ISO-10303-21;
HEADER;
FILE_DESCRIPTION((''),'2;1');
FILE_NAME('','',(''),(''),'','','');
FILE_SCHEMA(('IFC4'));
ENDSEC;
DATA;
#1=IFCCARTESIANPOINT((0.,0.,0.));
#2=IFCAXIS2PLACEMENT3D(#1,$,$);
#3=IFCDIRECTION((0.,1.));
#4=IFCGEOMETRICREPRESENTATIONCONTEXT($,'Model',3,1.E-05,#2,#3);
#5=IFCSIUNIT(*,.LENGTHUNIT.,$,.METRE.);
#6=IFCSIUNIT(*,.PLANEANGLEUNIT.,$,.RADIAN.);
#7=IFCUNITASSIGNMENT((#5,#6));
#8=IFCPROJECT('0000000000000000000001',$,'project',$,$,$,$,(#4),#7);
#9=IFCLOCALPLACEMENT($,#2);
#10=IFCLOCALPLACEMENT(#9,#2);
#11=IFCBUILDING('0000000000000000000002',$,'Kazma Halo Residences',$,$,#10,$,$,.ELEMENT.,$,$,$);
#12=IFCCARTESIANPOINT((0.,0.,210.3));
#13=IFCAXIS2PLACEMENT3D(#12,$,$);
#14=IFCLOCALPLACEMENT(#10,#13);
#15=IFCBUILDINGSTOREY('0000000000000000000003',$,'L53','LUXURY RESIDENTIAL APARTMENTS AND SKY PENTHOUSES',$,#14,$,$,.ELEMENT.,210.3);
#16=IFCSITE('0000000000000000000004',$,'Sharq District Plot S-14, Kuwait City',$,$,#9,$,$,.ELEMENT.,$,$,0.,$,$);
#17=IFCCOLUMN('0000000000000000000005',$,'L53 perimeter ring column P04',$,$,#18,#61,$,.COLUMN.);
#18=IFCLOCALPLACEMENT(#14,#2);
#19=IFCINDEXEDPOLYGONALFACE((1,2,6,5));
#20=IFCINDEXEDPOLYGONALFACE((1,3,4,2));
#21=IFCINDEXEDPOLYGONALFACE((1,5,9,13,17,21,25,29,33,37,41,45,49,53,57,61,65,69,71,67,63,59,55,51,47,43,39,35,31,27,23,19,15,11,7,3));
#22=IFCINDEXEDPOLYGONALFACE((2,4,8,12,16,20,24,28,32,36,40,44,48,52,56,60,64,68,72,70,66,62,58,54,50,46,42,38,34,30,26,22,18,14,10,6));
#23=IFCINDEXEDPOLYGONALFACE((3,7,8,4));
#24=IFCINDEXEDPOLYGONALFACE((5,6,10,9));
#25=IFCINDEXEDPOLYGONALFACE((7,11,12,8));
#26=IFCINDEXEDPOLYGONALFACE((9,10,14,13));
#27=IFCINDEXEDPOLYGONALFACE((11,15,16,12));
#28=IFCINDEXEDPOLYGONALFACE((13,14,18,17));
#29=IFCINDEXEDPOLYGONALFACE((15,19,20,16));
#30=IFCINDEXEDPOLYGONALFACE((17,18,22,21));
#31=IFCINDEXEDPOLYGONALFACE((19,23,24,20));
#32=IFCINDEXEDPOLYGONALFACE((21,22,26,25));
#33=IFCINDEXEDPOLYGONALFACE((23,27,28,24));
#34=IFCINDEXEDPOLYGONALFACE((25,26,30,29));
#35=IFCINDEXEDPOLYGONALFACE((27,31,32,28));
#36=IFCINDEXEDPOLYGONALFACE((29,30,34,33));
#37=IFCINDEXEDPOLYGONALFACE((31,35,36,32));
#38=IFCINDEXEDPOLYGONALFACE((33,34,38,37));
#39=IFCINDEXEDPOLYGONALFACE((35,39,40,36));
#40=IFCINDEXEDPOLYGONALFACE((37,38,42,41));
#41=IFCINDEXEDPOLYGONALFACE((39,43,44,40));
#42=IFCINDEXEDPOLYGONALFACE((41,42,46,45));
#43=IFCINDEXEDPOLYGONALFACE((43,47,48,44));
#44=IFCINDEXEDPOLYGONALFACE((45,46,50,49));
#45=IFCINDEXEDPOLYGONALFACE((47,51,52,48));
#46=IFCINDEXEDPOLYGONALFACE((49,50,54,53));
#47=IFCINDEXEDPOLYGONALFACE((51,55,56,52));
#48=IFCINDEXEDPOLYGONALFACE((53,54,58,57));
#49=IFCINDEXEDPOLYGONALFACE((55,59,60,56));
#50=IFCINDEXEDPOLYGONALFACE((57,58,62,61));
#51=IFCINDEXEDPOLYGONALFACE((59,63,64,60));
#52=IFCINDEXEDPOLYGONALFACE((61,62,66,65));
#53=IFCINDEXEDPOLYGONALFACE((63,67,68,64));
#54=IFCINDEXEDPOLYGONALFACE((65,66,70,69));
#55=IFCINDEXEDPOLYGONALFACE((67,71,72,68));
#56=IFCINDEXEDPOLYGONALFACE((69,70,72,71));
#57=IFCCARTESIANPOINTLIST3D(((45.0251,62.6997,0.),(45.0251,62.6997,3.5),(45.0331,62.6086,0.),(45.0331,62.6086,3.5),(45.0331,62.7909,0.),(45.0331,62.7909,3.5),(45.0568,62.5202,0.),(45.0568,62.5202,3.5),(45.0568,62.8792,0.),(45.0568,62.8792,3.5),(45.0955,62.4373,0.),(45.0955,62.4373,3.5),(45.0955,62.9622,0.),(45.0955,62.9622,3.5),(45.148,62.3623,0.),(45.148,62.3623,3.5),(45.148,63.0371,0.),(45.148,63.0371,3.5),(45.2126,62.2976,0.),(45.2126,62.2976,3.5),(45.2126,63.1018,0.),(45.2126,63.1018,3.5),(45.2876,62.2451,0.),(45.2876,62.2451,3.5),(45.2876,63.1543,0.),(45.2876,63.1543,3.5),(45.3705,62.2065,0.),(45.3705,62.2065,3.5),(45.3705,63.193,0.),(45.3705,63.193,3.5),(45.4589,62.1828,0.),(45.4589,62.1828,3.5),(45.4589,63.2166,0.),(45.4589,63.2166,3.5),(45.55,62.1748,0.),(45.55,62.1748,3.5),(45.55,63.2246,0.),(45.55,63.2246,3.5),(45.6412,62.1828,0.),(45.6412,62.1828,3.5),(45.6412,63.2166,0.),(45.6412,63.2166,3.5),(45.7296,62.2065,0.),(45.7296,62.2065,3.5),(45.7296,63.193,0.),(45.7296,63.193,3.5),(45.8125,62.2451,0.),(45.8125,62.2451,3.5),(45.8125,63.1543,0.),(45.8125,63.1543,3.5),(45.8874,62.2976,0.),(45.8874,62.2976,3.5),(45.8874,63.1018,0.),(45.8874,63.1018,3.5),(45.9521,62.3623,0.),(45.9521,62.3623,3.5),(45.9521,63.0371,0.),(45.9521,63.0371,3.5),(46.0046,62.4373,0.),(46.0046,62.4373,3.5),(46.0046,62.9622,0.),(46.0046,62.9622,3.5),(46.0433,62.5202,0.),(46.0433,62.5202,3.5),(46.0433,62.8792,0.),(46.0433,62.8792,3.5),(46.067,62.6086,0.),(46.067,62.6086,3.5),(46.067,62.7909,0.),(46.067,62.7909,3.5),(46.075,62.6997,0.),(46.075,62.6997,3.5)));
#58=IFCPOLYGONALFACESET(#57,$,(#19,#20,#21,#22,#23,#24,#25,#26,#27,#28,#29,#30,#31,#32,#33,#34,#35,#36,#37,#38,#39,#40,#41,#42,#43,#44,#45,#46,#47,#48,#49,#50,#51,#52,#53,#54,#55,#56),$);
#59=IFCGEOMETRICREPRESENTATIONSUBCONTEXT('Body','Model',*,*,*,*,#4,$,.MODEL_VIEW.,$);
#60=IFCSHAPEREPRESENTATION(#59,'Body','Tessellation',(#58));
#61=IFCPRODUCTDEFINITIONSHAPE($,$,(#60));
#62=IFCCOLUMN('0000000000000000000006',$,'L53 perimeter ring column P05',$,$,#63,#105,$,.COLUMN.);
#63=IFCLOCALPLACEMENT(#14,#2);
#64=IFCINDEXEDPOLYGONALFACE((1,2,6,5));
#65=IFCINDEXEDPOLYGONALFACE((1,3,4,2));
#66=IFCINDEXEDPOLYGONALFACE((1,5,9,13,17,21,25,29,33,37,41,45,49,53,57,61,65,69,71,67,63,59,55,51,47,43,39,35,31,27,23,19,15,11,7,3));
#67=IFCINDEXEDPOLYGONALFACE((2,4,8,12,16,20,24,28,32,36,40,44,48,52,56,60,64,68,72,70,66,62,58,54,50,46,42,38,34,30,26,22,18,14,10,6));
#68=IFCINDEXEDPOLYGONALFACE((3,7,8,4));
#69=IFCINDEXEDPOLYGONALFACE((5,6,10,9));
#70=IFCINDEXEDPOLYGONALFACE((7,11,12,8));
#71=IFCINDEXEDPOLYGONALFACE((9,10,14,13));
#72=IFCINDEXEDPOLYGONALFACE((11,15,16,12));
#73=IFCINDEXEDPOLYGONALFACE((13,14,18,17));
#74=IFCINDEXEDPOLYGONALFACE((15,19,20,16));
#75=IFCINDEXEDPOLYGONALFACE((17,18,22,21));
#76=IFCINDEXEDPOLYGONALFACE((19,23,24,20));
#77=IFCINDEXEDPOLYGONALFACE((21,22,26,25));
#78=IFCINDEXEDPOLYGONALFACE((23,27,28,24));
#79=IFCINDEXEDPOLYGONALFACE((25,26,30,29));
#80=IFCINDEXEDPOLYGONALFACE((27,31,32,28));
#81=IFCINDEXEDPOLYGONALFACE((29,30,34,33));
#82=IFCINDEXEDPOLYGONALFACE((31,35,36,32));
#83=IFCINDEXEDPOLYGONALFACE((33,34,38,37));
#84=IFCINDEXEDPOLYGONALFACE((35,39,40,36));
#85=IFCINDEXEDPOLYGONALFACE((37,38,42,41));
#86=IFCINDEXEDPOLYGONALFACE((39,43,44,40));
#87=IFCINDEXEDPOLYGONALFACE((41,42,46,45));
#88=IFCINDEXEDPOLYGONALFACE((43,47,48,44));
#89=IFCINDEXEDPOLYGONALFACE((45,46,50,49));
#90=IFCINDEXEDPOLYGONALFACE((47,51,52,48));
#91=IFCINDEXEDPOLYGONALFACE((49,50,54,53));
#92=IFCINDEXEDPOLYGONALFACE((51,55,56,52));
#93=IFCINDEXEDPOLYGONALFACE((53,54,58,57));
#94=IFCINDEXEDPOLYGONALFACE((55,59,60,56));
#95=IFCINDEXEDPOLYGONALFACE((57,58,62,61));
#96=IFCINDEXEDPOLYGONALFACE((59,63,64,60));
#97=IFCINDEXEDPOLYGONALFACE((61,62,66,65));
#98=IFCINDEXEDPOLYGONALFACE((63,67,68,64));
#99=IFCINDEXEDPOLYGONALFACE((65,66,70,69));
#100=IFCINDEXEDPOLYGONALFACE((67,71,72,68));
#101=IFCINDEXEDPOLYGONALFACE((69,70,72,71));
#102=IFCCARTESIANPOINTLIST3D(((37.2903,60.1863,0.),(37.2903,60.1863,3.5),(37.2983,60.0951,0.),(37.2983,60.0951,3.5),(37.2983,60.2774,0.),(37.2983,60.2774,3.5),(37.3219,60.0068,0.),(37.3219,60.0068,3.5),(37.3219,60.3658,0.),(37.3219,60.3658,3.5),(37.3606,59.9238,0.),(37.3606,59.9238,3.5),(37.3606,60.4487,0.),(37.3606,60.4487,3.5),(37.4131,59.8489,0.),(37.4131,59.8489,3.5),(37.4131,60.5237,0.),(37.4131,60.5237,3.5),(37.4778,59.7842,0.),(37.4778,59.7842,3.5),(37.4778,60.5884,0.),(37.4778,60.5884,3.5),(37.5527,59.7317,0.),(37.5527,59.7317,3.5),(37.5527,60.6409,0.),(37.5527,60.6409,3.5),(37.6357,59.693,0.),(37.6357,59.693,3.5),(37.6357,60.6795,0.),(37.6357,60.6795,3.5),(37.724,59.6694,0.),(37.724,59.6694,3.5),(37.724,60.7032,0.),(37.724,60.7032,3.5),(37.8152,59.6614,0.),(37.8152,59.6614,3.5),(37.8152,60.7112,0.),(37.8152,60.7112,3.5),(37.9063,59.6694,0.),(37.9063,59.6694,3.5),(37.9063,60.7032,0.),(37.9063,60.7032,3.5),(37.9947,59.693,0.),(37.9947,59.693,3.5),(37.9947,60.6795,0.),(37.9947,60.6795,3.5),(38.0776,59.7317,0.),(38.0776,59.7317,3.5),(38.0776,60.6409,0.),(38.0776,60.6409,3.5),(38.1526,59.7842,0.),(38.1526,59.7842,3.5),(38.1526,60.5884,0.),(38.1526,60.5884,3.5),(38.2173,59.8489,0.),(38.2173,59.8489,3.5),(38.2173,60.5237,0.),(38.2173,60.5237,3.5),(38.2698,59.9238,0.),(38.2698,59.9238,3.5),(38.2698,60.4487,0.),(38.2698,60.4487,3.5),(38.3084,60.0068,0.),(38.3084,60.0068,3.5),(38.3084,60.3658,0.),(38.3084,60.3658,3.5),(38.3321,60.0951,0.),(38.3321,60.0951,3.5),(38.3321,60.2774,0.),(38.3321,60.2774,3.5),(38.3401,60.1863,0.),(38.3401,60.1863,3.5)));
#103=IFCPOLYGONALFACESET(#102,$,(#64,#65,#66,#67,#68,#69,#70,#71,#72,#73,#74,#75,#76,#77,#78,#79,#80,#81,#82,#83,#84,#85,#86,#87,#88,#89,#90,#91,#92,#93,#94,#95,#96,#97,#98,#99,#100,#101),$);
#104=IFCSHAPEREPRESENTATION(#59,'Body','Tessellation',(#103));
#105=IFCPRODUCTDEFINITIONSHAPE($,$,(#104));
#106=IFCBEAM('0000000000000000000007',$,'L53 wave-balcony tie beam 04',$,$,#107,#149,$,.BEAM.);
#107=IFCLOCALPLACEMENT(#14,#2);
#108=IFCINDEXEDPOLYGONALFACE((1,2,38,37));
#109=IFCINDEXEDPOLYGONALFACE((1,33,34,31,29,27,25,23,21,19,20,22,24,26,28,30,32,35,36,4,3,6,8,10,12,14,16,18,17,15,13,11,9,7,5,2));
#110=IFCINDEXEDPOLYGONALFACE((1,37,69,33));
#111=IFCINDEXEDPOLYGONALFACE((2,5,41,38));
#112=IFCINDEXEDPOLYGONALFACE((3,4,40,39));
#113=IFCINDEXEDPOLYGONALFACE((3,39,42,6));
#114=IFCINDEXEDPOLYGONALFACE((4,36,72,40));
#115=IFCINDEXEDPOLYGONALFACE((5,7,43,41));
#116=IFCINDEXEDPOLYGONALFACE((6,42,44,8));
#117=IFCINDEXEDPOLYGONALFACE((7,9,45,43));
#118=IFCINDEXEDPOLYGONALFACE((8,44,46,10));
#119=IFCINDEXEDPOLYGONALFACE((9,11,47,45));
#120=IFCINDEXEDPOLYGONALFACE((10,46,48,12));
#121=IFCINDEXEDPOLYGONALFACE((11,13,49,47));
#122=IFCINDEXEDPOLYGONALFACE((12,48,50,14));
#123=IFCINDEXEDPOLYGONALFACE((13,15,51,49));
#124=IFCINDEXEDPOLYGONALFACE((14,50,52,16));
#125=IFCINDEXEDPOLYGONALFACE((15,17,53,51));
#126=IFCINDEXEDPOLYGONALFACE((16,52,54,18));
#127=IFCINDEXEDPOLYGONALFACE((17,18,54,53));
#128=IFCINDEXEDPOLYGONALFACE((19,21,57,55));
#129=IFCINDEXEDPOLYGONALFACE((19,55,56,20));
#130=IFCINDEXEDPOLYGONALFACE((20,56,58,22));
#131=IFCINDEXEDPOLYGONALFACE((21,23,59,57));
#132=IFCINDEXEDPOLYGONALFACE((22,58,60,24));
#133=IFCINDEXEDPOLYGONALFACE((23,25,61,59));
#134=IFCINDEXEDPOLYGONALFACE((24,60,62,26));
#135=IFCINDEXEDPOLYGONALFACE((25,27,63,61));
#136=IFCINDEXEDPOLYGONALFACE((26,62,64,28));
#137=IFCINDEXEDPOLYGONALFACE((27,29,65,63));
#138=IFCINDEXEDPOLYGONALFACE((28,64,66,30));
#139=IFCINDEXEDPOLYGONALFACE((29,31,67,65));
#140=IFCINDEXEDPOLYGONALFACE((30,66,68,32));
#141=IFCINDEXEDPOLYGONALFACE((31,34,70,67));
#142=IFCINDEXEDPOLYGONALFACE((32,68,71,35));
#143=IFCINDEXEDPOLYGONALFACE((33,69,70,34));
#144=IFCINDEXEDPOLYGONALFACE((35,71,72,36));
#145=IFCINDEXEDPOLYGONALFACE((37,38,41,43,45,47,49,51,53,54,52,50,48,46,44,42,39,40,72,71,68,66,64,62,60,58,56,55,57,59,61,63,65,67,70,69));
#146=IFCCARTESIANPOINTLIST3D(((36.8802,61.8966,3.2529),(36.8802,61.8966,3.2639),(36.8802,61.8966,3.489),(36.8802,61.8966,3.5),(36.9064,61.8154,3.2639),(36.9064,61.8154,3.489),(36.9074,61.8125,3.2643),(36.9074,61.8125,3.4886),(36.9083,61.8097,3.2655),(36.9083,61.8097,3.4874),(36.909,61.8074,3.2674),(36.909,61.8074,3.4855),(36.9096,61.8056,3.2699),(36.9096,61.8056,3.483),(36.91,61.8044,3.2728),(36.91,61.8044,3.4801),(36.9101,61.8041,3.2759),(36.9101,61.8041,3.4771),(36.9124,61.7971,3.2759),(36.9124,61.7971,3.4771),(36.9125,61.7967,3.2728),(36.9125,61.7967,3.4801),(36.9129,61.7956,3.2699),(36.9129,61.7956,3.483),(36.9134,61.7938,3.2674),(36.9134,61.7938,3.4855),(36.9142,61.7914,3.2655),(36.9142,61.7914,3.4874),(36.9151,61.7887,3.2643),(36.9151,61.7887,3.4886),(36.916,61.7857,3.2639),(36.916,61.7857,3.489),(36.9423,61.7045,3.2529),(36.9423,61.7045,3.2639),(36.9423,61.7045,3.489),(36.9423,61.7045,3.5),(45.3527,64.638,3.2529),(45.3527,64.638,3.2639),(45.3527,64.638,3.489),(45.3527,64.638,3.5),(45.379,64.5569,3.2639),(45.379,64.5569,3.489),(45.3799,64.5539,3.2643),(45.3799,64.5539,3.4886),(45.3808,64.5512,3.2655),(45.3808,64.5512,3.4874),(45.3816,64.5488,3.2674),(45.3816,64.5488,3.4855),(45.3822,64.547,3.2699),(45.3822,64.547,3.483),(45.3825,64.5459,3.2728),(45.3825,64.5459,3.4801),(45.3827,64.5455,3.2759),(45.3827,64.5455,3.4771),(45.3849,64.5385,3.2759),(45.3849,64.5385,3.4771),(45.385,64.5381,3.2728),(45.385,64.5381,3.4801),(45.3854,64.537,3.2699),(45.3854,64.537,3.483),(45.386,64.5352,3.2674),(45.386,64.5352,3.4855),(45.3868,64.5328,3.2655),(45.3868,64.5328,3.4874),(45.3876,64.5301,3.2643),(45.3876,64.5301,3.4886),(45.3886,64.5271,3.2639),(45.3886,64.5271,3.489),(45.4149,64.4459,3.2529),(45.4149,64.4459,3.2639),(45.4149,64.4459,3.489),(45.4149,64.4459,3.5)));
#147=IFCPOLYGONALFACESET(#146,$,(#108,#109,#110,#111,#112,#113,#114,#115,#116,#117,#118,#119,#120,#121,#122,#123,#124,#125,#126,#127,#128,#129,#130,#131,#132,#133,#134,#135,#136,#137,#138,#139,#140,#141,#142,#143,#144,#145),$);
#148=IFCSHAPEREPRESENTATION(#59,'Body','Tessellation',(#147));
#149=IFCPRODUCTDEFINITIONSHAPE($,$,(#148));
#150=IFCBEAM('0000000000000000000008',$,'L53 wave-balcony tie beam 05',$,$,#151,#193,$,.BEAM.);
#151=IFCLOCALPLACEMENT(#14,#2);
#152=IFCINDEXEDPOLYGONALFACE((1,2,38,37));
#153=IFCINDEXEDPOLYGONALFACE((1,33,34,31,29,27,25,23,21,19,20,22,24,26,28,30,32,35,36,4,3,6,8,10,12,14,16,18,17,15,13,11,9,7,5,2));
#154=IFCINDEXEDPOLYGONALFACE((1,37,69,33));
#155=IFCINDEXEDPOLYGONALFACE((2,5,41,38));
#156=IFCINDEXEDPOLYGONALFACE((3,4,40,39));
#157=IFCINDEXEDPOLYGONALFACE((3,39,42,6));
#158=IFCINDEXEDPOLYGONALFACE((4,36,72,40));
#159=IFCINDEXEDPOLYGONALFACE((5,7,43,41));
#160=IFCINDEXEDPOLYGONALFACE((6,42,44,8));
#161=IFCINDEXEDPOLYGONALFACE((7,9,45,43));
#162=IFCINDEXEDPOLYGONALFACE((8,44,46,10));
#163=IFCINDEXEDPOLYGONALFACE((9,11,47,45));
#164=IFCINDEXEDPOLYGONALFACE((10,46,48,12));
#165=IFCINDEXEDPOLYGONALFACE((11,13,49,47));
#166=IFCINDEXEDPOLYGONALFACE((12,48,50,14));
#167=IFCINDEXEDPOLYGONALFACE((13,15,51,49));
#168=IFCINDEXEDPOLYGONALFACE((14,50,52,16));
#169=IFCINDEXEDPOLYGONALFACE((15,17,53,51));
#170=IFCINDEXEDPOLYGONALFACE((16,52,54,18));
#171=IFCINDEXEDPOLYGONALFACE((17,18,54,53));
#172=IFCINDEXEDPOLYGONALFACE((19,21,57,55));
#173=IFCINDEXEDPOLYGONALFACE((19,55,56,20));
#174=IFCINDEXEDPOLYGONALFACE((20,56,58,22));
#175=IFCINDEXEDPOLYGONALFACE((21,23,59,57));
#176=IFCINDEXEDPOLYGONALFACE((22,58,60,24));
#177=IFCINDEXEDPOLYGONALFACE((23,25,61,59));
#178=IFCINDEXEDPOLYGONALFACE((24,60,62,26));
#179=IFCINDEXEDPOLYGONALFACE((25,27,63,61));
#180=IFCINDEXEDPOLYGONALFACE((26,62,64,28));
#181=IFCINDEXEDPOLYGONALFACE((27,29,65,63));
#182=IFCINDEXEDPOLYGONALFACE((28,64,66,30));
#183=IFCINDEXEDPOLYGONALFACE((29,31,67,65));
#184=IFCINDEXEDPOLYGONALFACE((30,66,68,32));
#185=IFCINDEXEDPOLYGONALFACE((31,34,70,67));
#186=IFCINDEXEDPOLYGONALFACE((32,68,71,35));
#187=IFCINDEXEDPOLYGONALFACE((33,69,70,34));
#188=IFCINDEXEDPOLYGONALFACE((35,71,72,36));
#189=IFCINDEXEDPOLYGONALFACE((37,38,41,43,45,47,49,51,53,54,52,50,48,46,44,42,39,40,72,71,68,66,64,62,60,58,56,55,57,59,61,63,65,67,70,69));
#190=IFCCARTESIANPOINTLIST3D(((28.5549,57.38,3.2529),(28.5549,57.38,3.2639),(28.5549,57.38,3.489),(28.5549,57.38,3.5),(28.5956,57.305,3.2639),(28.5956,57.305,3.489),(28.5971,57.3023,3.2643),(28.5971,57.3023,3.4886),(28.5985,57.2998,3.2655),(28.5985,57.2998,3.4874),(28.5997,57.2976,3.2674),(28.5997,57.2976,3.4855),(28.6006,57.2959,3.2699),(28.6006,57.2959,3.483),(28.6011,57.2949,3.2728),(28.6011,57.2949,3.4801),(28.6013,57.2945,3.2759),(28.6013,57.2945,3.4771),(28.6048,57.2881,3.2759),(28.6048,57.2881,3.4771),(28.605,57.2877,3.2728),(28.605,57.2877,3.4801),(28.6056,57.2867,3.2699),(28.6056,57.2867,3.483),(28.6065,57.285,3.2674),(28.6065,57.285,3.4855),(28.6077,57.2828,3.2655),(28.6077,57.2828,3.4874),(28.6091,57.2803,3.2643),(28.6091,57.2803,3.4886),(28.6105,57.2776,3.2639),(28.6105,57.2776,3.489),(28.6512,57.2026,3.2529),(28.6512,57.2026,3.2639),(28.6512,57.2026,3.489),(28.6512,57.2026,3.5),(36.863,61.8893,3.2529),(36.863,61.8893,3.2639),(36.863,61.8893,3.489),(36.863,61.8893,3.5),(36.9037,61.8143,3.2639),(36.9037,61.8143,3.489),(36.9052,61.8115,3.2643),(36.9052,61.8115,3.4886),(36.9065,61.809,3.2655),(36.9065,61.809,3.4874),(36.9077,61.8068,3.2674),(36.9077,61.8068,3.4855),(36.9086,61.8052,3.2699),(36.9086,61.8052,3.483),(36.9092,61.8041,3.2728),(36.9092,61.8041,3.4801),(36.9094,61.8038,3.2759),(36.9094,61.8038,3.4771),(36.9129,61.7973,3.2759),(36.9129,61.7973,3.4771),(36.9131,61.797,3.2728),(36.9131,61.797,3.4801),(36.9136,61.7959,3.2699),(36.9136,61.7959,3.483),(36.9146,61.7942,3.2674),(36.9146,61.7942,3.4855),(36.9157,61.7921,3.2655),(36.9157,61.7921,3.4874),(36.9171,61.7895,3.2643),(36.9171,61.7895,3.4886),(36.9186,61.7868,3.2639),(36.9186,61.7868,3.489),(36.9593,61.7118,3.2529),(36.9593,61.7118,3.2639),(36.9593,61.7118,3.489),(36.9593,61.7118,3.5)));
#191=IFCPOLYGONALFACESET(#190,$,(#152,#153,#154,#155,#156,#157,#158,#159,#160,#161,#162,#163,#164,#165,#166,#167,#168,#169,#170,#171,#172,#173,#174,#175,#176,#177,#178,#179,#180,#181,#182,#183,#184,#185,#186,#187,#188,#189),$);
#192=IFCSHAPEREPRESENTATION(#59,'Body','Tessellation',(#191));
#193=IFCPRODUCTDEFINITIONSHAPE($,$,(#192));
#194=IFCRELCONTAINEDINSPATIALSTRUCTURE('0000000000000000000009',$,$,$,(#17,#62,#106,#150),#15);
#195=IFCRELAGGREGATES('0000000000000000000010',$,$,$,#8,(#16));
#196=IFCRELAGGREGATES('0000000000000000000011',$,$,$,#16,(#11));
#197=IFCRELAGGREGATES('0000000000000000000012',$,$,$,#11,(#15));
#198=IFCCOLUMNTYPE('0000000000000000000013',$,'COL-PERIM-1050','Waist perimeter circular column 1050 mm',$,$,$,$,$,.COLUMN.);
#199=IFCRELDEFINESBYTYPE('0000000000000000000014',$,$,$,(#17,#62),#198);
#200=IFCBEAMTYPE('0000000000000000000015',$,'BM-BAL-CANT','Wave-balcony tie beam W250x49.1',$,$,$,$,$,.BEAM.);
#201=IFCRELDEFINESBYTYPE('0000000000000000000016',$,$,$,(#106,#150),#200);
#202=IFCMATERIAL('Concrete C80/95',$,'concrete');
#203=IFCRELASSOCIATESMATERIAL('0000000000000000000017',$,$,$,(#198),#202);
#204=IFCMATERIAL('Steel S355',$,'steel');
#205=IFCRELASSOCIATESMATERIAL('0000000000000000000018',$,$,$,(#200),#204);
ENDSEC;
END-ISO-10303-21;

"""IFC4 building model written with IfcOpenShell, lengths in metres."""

from ifc_helpers import new_model, si_unit, direction, frame, origin, origin_2d, place, context, subcontext, project, spatial, circle, i_section, extrude, material, material_profile, profile_set, type_object, element, save


model = new_model("IFC4")

# Units and contexts
model_context = context("Model", 3, precision=1e-05, world=origin(), true_north=direction((0.0, 1.0)))
body_context = subcontext(model_context, "Body", "Model", "MODEL_VIEW")
ifc_project = project(units=[si_unit("LENGTHUNIT", "METRE"), si_unit("PLANEANGLEUNIT", "RADIAN")], contexts=[model_context])

# Site, building, storey
site_placement = place(None, origin())
site = spatial("IfcSite", under=ifc_project, at=site_placement, Name="Sharq District Plot S-14, Kuwait City", CompositionType="ELEMENT", RefElevation=0.0)
building_placement = place(site_placement, origin())
building = spatial("IfcBuilding", under=site, at=building_placement, Name="Kazma Halo Residences", CompositionType="ELEMENT")
storey_placement = place(building_placement, frame((0.0, 0.0, 210.3)))
storey = spatial("IfcBuildingStorey", under=building, at=storey_placement, Name="L53", Description="LUXURY RESIDENTIAL APARTMENTS AND SKY PENTHOUSES", CompositionType="ELEMENT", Elevation=210.3)

# Columns
ifc_material_1 = material(Name="Concrete C80/95", Category="concrete")
ifc_material_profile_1 = material_profile(ifc_material_1, circle(Radius=0.5249, at=origin_2d()), Name="CIRC1050")
ifc_profile_set_1 = profile_set([ifc_material_profile_1], Name="Concrete C80/95")
column_type = type_object("IfcColumnType", Name="COL-PERIM-1050", Description="Waist perimeter circular column 1050 mm", PredefinedType="COLUMN", material=ifc_profile_set_1)
for number, where, z_axis, x_axis, name in (
    (1, (45.55, 62.6997, 0.0), (0.0, 0.0, 1.0), (1.0, 0.0, 0.0), "L53 perimeter ring column P04"),
    (2, (37.8152, 60.1863, 0.0), (0.0, 0.0, 1.0), (1.0, 0.0, 0.0), "L53 perimeter ring column P05"),
):
    element("IfcColumn", number, at=place(storey_placement, frame(where, z_axis=z_axis, x_axis=x_axis)), inside=storey, type_object=column_type, Name=name, PredefinedType="COLUMN", context=body_context, shape_type="SweptSolid", body=[
        extrude(circle(Radius=0.5249, at=origin_2d()), origin(), (0.0, 0.0, 1.0), 3.5),
    ])

# Beams
ifc_material_2 = material(Name="Steel S355", Category="steel")
ifc_material_profile_2 = material_profile(ifc_material_2, i_section(OverallWidth=0.2019, OverallDepth=0.2471, WebThickness=0.0073, FlangeThickness=0.011, FilletRadius=0.012, at=origin_2d()), Name="W250x49.1")
ifc_profile_set_2 = profile_set([ifc_material_profile_2], Name="Steel S355")
beam_type_1 = type_object("IfcBeamType", Name="BM-BAL-CANT", Description="Wave-balcony tie beam W250x49.1", PredefinedType="BEAM", material=ifc_profile_set_2)
beam_1_placement = place(storey_placement, frame((45.3838, 64.542, 3.3765), z_axis=(-0.951435, -0.307851, 0.0), x_axis=(0.307851, -0.951435, 0.0)))
element("IfcBeam", 3, at=beam_1_placement, inside=storey, type_object=beam_type_1, Name="L53 wave-balcony tie beam 04", PredefinedType="BEAM", context=body_context, shape_type="SweptSolid", body=[
    extrude(i_section(OverallWidth=0.2019, OverallDepth=0.2471, WebThickness=0.0073, FlangeThickness=0.011, FilletRadius=0.012, at=origin_2d()), origin(), (0.0, 0.0, 1.0), 8.905),
])
beam_2_placement = place(storey_placement, frame((36.9111, 61.8005, 3.3765), z_axis=(-0.878891, -0.477023, 0.0), x_axis=(0.477023, -0.878891, 0.0)))
element("IfcBeam", 4, at=beam_2_placement, inside=storey, type_object=beam_type_1, Name="L53 wave-balcony tie beam 05", PredefinedType="BEAM", context=body_context, shape_type="SweptSolid", body=[
    extrude(i_section(OverallWidth=0.2019, OverallDepth=0.2471, WebThickness=0.0073, FlangeThickness=0.011, FilletRadius=0.012, at=origin_2d()), origin(), (0.0, 0.0, 1.0), 9.4529),
])

save(model, "model.ifc")
